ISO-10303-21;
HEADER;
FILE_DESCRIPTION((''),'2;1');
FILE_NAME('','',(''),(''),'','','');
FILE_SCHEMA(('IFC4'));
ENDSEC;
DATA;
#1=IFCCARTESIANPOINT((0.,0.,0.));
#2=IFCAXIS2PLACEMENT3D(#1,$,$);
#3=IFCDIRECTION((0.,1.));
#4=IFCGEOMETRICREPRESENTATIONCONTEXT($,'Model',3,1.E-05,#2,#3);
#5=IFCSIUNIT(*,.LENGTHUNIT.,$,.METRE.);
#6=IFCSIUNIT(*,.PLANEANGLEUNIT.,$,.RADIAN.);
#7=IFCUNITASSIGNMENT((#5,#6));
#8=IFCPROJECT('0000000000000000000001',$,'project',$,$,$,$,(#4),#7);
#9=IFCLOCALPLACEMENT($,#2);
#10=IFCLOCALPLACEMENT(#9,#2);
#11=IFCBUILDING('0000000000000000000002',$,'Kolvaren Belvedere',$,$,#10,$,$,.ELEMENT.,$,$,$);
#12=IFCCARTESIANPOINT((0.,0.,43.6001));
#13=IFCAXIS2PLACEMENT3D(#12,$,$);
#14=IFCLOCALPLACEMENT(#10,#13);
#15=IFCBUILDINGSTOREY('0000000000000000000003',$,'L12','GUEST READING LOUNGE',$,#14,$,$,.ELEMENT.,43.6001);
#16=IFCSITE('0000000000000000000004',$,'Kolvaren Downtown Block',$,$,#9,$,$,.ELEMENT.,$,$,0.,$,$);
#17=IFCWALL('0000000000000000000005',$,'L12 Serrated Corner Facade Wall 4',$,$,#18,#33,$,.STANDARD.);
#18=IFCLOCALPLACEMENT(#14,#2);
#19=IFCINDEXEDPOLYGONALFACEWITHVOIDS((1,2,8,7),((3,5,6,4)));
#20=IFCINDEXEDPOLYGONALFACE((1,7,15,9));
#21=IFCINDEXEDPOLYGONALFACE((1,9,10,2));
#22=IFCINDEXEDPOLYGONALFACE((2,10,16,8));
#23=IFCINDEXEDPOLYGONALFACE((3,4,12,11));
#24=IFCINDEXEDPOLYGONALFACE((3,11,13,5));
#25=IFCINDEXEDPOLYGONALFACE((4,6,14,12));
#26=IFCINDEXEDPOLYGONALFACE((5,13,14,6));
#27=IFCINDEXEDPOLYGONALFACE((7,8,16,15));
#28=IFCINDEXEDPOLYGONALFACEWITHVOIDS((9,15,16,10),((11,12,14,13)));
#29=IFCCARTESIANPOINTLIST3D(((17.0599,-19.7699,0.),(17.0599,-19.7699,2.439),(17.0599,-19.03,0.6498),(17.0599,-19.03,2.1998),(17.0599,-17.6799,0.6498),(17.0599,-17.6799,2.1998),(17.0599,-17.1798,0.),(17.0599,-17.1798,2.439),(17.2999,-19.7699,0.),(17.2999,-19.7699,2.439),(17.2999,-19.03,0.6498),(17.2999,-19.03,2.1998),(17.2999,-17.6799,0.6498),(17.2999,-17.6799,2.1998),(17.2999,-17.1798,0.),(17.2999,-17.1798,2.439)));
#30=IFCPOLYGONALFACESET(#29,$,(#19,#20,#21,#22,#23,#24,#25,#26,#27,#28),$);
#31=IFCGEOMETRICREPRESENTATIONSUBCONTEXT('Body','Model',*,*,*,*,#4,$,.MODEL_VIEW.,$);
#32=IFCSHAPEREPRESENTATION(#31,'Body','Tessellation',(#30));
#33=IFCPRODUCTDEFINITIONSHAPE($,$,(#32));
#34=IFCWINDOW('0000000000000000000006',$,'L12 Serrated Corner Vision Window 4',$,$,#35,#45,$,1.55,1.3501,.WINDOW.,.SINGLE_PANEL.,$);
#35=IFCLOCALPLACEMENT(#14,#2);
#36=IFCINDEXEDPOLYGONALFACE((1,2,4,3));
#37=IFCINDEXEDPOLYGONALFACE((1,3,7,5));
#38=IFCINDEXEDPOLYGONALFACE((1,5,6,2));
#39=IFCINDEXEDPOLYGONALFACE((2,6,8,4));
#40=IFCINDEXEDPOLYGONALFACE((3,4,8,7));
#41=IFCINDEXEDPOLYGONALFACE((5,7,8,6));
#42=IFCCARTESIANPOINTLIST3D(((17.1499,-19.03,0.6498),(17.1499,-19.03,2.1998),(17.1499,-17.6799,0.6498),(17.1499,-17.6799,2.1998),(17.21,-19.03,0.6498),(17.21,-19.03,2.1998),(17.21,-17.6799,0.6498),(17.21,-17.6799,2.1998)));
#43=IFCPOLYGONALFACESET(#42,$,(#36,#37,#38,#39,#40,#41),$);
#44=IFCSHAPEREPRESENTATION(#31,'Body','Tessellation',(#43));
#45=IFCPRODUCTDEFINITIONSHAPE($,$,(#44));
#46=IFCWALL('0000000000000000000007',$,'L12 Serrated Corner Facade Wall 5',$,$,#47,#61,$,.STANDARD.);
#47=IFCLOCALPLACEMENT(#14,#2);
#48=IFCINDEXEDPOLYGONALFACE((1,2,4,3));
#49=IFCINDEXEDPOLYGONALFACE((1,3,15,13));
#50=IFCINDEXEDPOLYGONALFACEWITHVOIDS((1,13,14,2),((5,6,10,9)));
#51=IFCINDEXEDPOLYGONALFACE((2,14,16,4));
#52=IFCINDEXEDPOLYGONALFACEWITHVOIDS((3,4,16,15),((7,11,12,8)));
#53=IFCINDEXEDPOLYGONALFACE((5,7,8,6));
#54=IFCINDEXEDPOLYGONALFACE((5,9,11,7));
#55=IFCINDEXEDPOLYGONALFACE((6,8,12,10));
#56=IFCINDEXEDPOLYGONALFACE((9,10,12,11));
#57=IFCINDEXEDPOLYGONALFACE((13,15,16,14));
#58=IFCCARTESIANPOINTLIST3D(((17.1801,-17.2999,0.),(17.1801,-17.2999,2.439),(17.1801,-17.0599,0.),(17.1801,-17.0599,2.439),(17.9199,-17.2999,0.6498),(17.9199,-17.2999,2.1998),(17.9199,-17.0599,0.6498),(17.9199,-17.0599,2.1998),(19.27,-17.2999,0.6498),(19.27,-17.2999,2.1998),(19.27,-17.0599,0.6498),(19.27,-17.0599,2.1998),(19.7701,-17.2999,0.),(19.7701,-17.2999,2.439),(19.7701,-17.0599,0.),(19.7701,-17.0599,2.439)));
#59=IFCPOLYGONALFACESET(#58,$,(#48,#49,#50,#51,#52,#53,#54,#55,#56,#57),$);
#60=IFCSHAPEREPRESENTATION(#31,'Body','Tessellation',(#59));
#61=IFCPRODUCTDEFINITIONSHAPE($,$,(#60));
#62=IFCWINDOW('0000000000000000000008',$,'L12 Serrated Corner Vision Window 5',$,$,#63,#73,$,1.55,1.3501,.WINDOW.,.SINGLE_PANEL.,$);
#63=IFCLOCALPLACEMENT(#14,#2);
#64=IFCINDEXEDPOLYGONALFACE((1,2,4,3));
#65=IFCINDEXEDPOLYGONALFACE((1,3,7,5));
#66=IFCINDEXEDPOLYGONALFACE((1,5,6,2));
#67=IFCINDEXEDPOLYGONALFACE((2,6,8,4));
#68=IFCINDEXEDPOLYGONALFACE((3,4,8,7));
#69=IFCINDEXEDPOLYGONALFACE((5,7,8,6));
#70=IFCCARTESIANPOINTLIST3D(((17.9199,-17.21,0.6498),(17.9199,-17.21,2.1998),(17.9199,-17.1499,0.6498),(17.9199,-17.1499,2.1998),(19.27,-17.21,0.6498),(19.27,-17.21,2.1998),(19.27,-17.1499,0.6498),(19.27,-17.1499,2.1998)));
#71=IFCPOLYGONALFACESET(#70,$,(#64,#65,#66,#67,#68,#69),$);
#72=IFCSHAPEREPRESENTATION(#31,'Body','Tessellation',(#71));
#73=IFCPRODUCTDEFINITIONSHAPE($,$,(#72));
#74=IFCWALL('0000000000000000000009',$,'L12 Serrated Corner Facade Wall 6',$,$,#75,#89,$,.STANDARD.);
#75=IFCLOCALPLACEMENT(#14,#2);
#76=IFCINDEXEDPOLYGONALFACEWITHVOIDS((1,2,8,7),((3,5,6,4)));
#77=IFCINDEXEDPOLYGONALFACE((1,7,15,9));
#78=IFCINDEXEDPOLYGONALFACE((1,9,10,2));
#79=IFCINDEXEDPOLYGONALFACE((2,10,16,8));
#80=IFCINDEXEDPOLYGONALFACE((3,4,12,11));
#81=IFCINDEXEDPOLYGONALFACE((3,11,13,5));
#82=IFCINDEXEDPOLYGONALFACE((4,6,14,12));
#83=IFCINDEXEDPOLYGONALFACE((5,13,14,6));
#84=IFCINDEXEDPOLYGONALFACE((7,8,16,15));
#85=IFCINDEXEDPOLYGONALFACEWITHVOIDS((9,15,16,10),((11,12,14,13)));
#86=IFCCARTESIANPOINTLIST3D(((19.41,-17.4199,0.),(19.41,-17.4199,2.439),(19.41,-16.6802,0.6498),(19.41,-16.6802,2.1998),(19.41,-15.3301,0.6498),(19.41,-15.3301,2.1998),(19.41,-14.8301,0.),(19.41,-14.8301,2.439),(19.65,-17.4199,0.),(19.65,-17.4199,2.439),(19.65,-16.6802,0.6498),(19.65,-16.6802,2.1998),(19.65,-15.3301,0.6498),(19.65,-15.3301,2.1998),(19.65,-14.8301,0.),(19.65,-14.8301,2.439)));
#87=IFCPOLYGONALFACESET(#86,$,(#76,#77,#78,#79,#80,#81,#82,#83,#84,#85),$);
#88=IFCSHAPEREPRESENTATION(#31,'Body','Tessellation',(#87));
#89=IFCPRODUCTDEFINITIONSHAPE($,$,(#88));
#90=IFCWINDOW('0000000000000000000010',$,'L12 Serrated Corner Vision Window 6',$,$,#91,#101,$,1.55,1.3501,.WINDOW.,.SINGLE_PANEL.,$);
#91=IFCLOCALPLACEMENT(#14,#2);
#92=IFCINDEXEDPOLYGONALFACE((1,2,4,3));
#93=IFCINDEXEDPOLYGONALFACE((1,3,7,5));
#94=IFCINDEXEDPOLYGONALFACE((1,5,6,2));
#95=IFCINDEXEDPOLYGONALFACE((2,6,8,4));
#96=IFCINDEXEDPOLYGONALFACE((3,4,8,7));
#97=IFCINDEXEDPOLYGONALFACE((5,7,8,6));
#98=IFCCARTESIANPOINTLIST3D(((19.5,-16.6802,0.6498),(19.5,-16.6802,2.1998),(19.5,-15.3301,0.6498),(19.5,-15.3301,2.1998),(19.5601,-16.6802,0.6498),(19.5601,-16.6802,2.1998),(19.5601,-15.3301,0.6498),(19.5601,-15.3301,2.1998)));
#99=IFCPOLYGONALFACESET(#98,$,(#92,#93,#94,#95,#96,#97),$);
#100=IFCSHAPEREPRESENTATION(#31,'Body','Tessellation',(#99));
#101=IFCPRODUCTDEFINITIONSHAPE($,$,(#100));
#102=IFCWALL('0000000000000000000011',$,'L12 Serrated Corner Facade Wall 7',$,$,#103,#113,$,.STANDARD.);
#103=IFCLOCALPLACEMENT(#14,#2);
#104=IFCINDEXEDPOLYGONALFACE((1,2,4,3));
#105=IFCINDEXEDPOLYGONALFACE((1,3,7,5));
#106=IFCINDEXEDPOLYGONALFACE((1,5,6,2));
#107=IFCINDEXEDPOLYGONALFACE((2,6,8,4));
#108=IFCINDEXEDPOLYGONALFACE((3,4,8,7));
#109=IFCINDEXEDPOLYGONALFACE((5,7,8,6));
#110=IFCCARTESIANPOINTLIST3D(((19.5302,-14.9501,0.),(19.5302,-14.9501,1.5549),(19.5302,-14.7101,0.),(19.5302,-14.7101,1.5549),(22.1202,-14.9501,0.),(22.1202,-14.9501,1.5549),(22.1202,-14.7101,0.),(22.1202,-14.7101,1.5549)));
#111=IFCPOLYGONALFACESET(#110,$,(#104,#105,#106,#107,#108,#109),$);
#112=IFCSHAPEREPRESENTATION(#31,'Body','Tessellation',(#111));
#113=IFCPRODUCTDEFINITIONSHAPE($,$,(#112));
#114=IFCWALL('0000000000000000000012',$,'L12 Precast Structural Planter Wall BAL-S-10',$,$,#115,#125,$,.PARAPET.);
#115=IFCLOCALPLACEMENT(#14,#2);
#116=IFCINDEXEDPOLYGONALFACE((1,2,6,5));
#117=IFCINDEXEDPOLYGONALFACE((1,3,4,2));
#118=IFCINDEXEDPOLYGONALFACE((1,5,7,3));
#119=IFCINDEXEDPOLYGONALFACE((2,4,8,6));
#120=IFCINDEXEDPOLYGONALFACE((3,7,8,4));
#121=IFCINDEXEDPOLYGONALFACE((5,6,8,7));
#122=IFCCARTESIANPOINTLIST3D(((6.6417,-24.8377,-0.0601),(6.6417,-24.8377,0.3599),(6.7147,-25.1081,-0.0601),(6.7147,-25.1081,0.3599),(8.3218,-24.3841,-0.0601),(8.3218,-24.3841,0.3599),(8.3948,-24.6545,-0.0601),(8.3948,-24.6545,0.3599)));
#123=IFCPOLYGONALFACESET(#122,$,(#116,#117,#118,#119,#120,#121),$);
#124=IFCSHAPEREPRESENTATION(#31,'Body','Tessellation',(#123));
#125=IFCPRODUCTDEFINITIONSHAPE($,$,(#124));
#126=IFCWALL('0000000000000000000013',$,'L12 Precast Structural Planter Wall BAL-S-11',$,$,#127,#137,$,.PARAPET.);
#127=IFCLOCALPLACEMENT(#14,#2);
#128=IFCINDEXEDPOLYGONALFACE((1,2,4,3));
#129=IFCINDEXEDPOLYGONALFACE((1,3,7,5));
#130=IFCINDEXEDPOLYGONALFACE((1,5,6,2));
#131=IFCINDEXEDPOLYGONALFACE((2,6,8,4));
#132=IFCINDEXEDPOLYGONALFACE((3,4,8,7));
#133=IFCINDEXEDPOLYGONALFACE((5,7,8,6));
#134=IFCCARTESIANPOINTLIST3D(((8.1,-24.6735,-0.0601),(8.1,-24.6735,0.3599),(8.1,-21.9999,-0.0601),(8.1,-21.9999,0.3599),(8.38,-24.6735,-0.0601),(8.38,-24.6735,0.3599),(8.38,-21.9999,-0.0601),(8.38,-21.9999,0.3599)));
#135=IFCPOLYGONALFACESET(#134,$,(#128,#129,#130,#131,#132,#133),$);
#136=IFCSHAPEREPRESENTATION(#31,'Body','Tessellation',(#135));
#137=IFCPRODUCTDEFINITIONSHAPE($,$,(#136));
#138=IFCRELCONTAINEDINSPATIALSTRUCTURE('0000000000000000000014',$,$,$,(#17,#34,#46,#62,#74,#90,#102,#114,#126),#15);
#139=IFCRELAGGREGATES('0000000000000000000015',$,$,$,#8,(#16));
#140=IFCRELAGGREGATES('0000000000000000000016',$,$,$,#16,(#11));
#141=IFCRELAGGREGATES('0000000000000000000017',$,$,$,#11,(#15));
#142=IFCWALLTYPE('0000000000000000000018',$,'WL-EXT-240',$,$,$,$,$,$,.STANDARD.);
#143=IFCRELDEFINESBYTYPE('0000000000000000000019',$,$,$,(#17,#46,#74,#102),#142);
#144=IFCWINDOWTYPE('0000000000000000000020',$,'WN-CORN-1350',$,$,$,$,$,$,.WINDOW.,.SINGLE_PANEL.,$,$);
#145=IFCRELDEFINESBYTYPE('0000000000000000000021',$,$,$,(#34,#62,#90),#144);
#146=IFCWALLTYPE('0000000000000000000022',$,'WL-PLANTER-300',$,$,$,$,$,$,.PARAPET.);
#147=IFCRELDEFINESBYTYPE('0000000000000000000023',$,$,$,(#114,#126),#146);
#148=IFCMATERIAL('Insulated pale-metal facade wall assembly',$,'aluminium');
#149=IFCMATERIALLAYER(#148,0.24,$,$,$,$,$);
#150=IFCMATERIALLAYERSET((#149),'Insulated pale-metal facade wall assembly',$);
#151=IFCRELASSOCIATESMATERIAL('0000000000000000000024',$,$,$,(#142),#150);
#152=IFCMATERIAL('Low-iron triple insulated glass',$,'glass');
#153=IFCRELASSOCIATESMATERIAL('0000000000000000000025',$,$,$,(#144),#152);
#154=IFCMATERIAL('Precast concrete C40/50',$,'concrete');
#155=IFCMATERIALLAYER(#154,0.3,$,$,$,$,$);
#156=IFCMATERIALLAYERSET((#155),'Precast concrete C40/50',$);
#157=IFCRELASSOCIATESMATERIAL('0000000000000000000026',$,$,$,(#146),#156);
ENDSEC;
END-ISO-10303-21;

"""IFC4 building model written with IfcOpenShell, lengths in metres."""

from ifc_helpers import new_model, si_unit, direction, frame, frame_2d, origin, place, context, subcontext, project, spatial, rectangle, extrude, material, layer, layer_set, type_object, element, fill, save


model = new_model("IFC4")

# Units and contexts
model_context = context("Model", 3, precision=1e-05, world=origin(), true_north=direction((0.0, 1.0)))
body_context = subcontext(model_context, "Body", "Model", "MODEL_VIEW")
ifc_project = project(units=[si_unit("LENGTHUNIT", "METRE"), si_unit("PLANEANGLEUNIT", "RADIAN")], contexts=[model_context])

# Site, building, storey
site_placement = place(None, origin())
site = spatial("IfcSite", under=ifc_project, at=site_placement, Name="Kolvaren Downtown Block", CompositionType="ELEMENT", RefElevation=0.0)
building_placement = place(site_placement, origin())
building = spatial("IfcBuilding", under=site, at=building_placement, Name="Kolvaren Belvedere", CompositionType="ELEMENT")
storey_placement = place(building_placement, frame((0.0, 0.0, 43.6001)))
storey = spatial("IfcBuildingStorey", under=building, at=storey_placement, Name="L12", Description="GUEST READING LOUNGE", CompositionType="ELEMENT", Elevation=43.6001)

# Shared definitions
ifc_material_1 = material(Name="Insulated pale-metal facade wall assembly", Category="aluminium")
ifc_layer_1 = layer(ifc_material_1, 0.24)
ifc_layer_set_1 = layer_set([ifc_layer_1], Name="Insulated pale-metal facade wall assembly")
wall_type_1 = type_object("IfcWallType", Name="WL-EXT-240", PredefinedType="STANDARD", material=ifc_layer_set_1)

# Walls, openings, windows
ifc_material_2 = material(Name="Low-iron triple insulated glass", Category="glass")
window_type = type_object("IfcWindowType", Name="WN-CORN-1350", PartitioningType="SINGLE_PANEL", PredefinedType="WINDOW", material=ifc_material_2)
wall_1_placement = place(storey_placement, frame((17.1799, -17.1799, 0.0), z_axis=(0.0, 0.0, 1.0), x_axis=(0.0, -1.0, 0.0)))
wall_1 = element("IfcWall", 1, at=wall_1_placement, inside=storey, type_object=wall_type_1, Name="L12 Serrated Corner Facade Wall 4", PredefinedType="STANDARD", context=body_context, shape_type="SweptSolid", body=[
    extrude(rectangle(XDim=2.5901, YDim=0.24, at=frame_2d((1.2949, 0.0))), origin(), (0.0, 0.0, 1.0), 2.439),
])
opening_1_placement = place(wall_1_placement, frame((0.5, 0.0, 0.6499)))
opening_1 = element("IfcOpeningElement", 2, at=opening_1_placement, cuts=wall_1, PredefinedType="OPENING", context=body_context, shape_type="SweptSolid", body=[
    extrude(rectangle(XDim=1.3501, YDim=1.55, at=frame_2d((0.675, 0.7749))), frame((0.0, 0.1299, 0.0), z_axis=(0.0, -1.0, 0.0), x_axis=(1.0, 0.0, 0.0)), (0.0, 0.0, 1.0), 0.26),
])
window_1_placement = place(opening_1_placement, origin())
window_1 = element("IfcWindow", 3, at=window_1_placement, inside=storey, type_object=window_type, Name="L12 Serrated Corner Vision Window 4", OverallHeight=1.55, OverallWidth=1.3501, PartitioningType="SINGLE_PANEL", PredefinedType="WINDOW", context=body_context, shape_type="SweptSolid", body=[
    extrude(rectangle(XDim=1.3501, YDim=1.55, at=frame_2d((0.675, 0.7749))), frame((0.0, 0.03, 0.0), z_axis=(0.0, -1.0, 0.0), x_axis=(1.0, 0.0, 0.0)), (0.0, 0.0, 1.0), 0.0601),
])
fill(opening_1, window_1)
wall_2_placement = place(storey_placement, frame((19.77, -17.1799, 0.0), z_axis=(0.0, 0.0, 1.0), x_axis=(-1.0, 0.0, 0.0)))
wall_2 = element("IfcWall", 4, at=wall_2_placement, inside=storey, type_object=wall_type_1, Name="L12 Serrated Corner Facade Wall 5", PredefinedType="STANDARD", context=body_context, shape_type="SweptSolid", body=[
    extrude(rectangle(XDim=2.5901, YDim=0.24, at=frame_2d((1.2949, 0.0))), origin(), (0.0, 0.0, 1.0), 2.439),
])
opening_2_placement = place(wall_2_placement, frame((0.5, 0.0, 0.6499)))
opening_2 = element("IfcOpeningElement", 5, at=opening_2_placement, cuts=wall_2, PredefinedType="OPENING", context=body_context, shape_type="SweptSolid", body=[
    extrude(rectangle(XDim=1.3501, YDim=1.55, at=frame_2d((0.675, 0.7749))), frame((0.0, 0.1299, 0.0), z_axis=(0.0, -1.0, 0.0), x_axis=(1.0, 0.0, 0.0)), (0.0, 0.0, 1.0), 0.26),
])
window_2_placement = place(opening_2_placement, origin())
window_2 = element("IfcWindow", 6, at=window_2_placement, inside=storey, type_object=window_type, Name="L12 Serrated Corner Vision Window 5", OverallHeight=1.55, OverallWidth=1.3501, PartitioningType="SINGLE_PANEL", PredefinedType="WINDOW", context=body_context, shape_type="SweptSolid", body=[
    extrude(rectangle(XDim=1.3501, YDim=1.55, at=frame_2d((0.675, 0.7749))), frame((0.0, 0.03, 0.0), z_axis=(0.0, -1.0, 0.0), x_axis=(1.0, 0.0, 0.0)), (0.0, 0.0, 1.0), 0.0601),
])
fill(opening_2, window_2)
wall_3_placement = place(storey_placement, frame((19.53, -14.8301, 0.0), z_axis=(0.0, 0.0, 1.0), x_axis=(0.0, -1.0, 0.0)))
wall_3 = element("IfcWall", 7, at=wall_3_placement, inside=storey, type_object=wall_type_1, Name="L12 Serrated Corner Facade Wall 6", PredefinedType="STANDARD", context=body_context, shape_type="SweptSolid", body=[
    extrude(rectangle(XDim=2.5898, YDim=0.24, at=frame_2d((1.2949, 0.0))), origin(), (0.0, 0.0, 1.0), 2.439),
])
opening_3_placement = place(wall_3_placement, frame((0.5, 0.0, 0.6499)))
opening_3 = element("IfcOpeningElement", 8, at=opening_3_placement, cuts=wall_3, PredefinedType="OPENING", context=body_context, shape_type="SweptSolid", body=[
    extrude(rectangle(XDim=1.3501, YDim=1.55, at=frame_2d((0.675, 0.7749))), frame((0.0, 0.1299, 0.0), z_axis=(0.0, -1.0, 0.0), x_axis=(1.0, 0.0, 0.0)), (0.0, 0.0, 1.0), 0.26),
])
window_3_placement = place(opening_3_placement, origin())
window_3 = element("IfcWindow", 9, at=window_3_placement, inside=storey, type_object=window_type, Name="L12 Serrated Corner Vision Window 6", OverallHeight=1.55, OverallWidth=1.3501, PartitioningType="SINGLE_PANEL", PredefinedType="WINDOW", context=body_context, shape_type="SweptSolid", body=[
    extrude(rectangle(XDim=1.3501, YDim=1.55, at=frame_2d((0.675, 0.7749))), frame((0.0, 0.03, 0.0), z_axis=(0.0, -1.0, 0.0), x_axis=(1.0, 0.0, 0.0)), (0.0, 0.0, 1.0), 0.0601),
])
fill(opening_3, window_3)

# Walls
wall_4_placement = place(storey_placement, frame((22.1201, -14.8301, 0.0), z_axis=(0.0, 0.0, 1.0), x_axis=(-1.0, 0.0, 0.0)))
element("IfcWall", 10, at=wall_4_placement, inside=storey, type_object=wall_type_1, Name="L12 Serrated Corner Facade Wall 7", PredefinedType="STANDARD", context=body_context, shape_type="SweptSolid", body=[
    extrude(rectangle(XDim=2.5901, YDim=0.24, at=frame_2d((1.2949, 0.0))), origin(), (0.0, 0.0, 1.0), 1.5549),
])
ifc_material_3 = material(Name="Precast concrete C40/50", Category="concrete")
ifc_layer_2 = layer(ifc_material_3, 0.3)
ifc_layer_set_2 = layer_set([ifc_layer_2], Name="Precast concrete C40/50")
wall_type_2 = type_object("IfcWallType", Name="WL-PLANTER-300", PredefinedType="PARAPET", material=ifc_layer_set_2)
wall_5_placement = place(storey_placement, frame((6.6782, -24.9729, -0.0601), z_axis=(0.0, 0.0, 1.0), x_axis=(0.965434, 0.260648, 0.0)))
element("IfcWall", 11, at=wall_5_placement, inside=storey, type_object=wall_type_2, Name="L12 Precast Structural Planter Wall BAL-S-10", PredefinedType="PARAPET", context=body_context, shape_type="SweptSolid", body=[
    extrude(rectangle(XDim=1.7402, YDim=0.28, at=frame_2d((0.8701, 0.0))), origin(), (0.0, 0.0, 1.0), 0.4199),
])
wall_6_placement = place(storey_placement, frame((8.24, -24.6736, -0.0601), z_axis=(0.0, 0.0, 1.0), x_axis=(0.0, 1.0, 0.0)))
element("IfcWall", 12, at=wall_6_placement, inside=storey, type_object=wall_type_2, Name="L12 Precast Structural Planter Wall BAL-S-11", PredefinedType="PARAPET", context=body_context, shape_type="SweptSolid", body=[
    extrude(rectangle(XDim=2.6736, YDim=0.28, at=frame_2d((1.3369, 0.0))), origin(), (0.0, 0.0, 1.0), 0.4199),
])

save(model, "model.ifc")
